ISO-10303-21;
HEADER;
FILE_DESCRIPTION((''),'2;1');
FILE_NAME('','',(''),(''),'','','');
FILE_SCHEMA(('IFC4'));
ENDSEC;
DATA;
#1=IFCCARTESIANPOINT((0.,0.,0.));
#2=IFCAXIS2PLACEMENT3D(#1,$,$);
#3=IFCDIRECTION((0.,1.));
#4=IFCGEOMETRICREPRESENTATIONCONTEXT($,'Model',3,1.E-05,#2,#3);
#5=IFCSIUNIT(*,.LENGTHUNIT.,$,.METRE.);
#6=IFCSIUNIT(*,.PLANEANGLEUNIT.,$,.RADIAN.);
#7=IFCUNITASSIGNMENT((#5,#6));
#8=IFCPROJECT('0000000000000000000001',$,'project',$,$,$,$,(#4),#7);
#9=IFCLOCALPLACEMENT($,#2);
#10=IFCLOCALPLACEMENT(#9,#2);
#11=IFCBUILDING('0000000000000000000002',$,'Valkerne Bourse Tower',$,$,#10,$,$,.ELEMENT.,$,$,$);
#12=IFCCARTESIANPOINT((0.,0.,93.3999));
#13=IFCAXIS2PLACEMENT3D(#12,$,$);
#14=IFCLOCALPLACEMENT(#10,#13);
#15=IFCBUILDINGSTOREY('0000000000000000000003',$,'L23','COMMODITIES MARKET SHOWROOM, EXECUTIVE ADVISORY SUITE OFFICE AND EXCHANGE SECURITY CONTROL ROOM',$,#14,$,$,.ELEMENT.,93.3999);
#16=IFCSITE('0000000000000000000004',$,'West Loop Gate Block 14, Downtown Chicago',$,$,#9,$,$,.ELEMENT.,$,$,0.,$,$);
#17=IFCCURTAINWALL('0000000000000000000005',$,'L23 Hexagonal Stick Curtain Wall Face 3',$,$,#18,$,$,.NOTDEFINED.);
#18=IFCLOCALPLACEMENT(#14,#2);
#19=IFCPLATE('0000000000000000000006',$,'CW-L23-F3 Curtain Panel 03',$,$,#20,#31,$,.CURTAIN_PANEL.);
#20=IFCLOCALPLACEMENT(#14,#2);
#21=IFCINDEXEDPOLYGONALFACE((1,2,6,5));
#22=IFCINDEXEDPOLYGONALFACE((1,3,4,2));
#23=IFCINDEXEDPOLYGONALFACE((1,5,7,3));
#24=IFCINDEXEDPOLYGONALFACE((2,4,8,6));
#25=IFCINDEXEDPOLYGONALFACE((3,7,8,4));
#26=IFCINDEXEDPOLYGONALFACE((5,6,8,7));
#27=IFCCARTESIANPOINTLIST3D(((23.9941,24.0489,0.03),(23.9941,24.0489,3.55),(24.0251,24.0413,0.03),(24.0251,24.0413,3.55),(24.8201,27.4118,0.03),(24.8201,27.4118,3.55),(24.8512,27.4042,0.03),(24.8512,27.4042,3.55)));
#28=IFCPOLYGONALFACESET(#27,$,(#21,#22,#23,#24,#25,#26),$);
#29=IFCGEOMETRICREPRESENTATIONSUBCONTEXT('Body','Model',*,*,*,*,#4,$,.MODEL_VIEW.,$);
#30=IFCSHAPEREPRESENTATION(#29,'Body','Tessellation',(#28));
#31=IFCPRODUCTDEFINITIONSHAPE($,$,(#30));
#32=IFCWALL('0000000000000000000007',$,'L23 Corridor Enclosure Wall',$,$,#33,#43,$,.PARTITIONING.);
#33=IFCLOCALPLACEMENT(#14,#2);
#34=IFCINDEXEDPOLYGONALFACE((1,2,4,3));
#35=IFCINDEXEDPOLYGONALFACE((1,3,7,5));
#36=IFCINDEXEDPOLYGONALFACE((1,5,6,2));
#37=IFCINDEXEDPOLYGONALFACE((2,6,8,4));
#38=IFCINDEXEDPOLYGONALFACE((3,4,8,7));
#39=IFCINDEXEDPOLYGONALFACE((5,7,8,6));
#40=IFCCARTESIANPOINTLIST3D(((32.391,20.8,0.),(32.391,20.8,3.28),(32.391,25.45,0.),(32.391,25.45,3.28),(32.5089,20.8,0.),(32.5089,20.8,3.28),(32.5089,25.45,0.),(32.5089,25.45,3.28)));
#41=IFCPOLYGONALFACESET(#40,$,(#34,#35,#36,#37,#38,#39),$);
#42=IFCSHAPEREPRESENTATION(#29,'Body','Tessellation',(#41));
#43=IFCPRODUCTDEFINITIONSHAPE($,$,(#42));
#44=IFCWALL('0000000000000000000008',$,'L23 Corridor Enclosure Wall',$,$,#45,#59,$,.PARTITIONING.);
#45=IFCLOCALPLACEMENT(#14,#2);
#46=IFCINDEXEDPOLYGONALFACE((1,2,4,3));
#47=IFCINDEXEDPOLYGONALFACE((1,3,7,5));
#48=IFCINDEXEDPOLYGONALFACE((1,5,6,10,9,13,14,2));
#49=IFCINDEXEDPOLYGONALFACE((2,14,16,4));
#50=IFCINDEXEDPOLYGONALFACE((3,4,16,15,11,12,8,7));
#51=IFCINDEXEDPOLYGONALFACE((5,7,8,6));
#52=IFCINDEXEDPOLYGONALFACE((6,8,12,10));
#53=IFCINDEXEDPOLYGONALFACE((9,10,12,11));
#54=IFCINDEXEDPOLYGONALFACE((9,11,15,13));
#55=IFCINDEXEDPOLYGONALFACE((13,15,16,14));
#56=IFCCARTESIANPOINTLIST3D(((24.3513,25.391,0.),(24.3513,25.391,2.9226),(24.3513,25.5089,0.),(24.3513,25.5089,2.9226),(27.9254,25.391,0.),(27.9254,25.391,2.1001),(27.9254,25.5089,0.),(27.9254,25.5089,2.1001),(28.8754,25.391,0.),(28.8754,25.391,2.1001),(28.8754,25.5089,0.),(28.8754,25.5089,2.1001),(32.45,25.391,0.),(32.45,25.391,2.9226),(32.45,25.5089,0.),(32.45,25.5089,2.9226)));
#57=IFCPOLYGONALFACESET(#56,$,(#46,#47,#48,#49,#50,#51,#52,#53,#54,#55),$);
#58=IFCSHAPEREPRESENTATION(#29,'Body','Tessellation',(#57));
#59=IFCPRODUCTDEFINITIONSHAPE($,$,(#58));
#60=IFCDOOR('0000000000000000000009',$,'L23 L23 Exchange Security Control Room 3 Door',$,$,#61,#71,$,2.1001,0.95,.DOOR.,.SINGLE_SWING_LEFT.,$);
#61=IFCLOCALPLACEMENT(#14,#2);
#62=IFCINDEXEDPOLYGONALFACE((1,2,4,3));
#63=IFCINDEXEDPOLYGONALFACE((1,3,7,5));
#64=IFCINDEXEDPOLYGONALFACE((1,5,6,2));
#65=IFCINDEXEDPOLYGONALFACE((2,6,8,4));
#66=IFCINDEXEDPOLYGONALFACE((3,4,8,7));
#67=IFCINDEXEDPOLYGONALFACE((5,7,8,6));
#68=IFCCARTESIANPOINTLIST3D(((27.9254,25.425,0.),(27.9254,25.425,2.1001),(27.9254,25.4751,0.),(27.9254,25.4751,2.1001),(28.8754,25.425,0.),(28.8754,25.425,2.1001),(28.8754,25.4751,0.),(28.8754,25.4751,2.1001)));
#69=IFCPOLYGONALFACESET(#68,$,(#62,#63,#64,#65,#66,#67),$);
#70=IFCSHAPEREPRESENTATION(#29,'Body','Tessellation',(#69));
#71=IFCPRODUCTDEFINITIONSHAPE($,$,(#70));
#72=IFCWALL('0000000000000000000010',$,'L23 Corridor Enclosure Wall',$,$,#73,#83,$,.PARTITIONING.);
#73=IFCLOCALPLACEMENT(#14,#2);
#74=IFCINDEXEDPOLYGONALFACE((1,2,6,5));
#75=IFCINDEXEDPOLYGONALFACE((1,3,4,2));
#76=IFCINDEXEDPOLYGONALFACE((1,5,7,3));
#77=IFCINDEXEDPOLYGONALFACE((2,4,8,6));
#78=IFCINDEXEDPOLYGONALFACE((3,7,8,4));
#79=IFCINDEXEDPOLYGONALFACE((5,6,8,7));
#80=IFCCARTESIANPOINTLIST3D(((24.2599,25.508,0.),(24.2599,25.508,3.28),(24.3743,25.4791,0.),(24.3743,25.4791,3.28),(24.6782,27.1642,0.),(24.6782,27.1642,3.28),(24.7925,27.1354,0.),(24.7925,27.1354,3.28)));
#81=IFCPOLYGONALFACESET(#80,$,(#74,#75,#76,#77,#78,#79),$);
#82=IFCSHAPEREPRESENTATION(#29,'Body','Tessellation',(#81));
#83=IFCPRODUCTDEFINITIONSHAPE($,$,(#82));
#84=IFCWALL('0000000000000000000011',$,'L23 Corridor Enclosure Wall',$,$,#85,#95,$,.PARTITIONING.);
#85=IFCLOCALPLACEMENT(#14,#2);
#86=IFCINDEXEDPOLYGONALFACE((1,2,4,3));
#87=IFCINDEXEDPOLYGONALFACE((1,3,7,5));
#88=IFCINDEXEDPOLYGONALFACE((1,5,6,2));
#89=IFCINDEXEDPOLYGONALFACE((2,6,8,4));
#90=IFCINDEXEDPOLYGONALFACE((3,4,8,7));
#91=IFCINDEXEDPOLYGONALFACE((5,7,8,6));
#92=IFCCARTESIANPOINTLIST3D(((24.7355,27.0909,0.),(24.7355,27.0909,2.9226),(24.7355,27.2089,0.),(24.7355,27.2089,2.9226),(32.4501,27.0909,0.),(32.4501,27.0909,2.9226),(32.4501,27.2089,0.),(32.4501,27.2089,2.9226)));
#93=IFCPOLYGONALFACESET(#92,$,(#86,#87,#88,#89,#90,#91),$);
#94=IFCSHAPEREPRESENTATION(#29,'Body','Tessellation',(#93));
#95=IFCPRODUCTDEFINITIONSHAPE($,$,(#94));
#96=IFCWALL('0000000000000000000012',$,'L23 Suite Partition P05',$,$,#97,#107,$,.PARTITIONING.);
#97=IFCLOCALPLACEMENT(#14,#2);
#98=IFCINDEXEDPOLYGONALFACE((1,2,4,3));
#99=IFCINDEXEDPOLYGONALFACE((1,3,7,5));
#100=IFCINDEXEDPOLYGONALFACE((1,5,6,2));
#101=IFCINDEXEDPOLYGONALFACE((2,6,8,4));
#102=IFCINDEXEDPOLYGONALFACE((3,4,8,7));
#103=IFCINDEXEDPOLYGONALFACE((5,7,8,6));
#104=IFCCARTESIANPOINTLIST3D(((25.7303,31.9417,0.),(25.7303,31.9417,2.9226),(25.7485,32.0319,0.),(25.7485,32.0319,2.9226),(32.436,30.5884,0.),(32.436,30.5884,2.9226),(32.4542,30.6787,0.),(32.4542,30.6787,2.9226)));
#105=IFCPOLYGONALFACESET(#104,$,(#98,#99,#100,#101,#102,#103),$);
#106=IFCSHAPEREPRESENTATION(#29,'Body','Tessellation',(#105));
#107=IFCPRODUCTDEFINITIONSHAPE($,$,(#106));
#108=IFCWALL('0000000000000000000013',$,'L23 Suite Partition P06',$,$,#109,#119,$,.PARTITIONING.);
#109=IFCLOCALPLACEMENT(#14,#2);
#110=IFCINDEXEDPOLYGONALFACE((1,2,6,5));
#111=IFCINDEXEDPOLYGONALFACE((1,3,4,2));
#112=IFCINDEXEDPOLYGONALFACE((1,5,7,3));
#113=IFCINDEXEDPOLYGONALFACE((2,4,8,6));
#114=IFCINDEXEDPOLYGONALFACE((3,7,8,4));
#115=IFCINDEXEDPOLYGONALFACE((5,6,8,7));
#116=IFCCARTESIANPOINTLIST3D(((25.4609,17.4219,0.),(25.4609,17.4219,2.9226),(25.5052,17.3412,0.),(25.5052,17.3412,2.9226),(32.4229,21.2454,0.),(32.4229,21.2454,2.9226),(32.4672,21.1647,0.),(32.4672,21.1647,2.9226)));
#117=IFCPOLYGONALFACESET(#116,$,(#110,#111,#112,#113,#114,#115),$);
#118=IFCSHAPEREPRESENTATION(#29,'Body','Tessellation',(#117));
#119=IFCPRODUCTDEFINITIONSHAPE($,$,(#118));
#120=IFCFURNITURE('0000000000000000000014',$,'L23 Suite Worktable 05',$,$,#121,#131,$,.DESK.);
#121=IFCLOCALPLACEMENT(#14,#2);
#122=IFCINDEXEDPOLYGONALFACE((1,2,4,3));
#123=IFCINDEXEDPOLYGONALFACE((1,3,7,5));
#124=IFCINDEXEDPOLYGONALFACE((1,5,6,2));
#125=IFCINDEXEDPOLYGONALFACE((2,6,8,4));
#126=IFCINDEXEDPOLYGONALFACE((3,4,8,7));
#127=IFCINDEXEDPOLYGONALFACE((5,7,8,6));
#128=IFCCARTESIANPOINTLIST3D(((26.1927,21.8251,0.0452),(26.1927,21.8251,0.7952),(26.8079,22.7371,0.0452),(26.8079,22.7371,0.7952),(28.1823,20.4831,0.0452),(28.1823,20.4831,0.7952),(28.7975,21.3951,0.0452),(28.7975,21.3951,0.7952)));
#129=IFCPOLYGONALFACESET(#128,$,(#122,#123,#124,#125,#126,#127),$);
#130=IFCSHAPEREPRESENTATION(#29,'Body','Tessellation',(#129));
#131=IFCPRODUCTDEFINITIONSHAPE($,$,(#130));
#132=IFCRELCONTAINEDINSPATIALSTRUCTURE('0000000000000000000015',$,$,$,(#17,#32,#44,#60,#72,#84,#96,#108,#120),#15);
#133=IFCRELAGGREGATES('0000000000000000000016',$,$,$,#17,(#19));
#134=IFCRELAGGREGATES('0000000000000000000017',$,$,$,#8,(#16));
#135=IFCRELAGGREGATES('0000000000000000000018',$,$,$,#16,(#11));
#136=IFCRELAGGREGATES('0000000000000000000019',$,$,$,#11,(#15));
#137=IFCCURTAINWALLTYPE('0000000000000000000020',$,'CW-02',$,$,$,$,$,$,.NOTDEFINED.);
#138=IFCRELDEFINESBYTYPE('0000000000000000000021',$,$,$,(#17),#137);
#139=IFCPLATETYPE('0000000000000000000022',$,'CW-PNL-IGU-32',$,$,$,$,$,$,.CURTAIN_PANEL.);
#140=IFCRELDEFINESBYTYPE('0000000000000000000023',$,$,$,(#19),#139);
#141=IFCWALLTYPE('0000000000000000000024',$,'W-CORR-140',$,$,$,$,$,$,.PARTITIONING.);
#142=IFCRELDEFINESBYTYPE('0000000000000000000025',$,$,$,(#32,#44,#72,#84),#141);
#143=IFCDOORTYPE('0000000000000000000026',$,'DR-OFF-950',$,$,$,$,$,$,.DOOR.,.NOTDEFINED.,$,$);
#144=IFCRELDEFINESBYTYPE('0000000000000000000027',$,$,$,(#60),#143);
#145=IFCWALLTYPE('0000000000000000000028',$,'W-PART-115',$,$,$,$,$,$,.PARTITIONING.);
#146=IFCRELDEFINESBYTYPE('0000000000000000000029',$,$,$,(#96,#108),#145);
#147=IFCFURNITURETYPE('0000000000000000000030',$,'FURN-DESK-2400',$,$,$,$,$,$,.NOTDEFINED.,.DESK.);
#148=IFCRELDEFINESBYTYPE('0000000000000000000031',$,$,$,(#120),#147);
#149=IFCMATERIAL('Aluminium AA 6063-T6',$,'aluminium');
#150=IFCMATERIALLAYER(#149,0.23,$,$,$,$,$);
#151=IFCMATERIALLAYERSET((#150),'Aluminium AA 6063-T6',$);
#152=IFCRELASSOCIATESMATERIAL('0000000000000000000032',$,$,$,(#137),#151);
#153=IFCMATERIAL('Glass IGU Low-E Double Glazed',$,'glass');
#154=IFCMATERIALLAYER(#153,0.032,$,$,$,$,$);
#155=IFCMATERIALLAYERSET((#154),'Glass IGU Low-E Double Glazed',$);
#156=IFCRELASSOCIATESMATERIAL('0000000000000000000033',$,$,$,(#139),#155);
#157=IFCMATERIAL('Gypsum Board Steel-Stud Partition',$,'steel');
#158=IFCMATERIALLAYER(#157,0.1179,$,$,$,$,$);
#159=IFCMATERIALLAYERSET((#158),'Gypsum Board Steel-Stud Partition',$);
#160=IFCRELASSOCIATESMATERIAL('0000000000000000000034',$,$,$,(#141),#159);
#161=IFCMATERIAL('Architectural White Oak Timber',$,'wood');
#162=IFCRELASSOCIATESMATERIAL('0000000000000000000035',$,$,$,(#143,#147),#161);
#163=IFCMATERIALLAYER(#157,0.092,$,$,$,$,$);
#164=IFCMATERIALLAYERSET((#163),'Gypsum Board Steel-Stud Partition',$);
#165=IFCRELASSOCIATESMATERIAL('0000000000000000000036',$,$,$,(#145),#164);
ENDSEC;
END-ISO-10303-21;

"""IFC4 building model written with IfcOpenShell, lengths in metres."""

from ifc_helpers import new_model, si_unit, direction, frame, frame_2d, origin, origin_2d, place, context, subcontext, project, spatial, rectangle, extrude, material, layer, layer_set, type_object, element, fill, aggregate, save


model = new_model("IFC4")

# Units and contexts
model_context = context("Model", 3, precision=1e-05, world=origin(), true_north=direction((0.0, 1.0)))
body_context = subcontext(model_context, "Body", "Model", "MODEL_VIEW")
ifc_project = project(units=[si_unit("LENGTHUNIT", "METRE"), si_unit("PLANEANGLEUNIT", "RADIAN")], contexts=[model_context])

# Site, building, storey
site_placement = place(None, origin())
site = spatial("IfcSite", under=ifc_project, at=site_placement, Name="West Loop Gate Block 14, Downtown Chicago", CompositionType="ELEMENT", RefElevation=0.0)
building_placement = place(site_placement, origin())
building = spatial("IfcBuilding", under=site, at=building_placement, Name="Valkerne Bourse Tower", CompositionType="ELEMENT")
storey_placement = place(building_placement, frame((0.0, 0.0, 93.3999)))
storey = spatial("IfcBuildingStorey", under=building, at=storey_placement, Name="L23", Description="COMMODITIES MARKET SHOWROOM, EXECUTIVE ADVISORY SUITE OFFICE AND EXCHANGE SECURITY CONTROL ROOM", CompositionType="ELEMENT", Elevation=93.3999)

# Curtain wall
ifc_material_1 = material(Name="Aluminium AA 6063-T6", Category="aluminium")
ifc_layer_1 = layer(ifc_material_1, 0.23)
ifc_layer_set_1 = layer_set([ifc_layer_1], Name="Aluminium AA 6063-T6")
curtain_wall_type = type_object("IfcCurtainWallType", Name="CW-02", PredefinedType="NOTDEFINED", material=ifc_layer_set_1)
curtain_wall_1_placement = place(storey_placement, origin())
curtain_wall_1 = element("IfcCurtainWall", 1, at=curtain_wall_1_placement, inside=storey, type_object=curtain_wall_type, Name="L23 Hexagonal Stick Curtain Wall Face 3", PredefinedType="NOTDEFINED")

# Plate
ifc_material_2 = material(Name="Glass IGU Low-E Double Glazed", Category="glass")
ifc_layer_2 = layer(ifc_material_2, 0.032)
ifc_layer_set_2 = layer_set([ifc_layer_2], Name="Glass IGU Low-E Double Glazed")
plate_type = type_object("IfcPlateType", Name="CW-PNL-IGU-32", PredefinedType="CURTAIN_PANEL", material=ifc_layer_set_2)
plate_1_placement = place(storey_placement, frame((24.4226, 25.7266, 0.03), z_axis=(0.0, 0.0, 1.0), x_axis=(-0.238539, -0.971133, 0.0)))
plate_1 = element("IfcPlate", 2, at=plate_1_placement, type_object=plate_type, Name="CW-L23-F3 Curtain Panel 03", PredefinedType="CURTAIN_PANEL", context=body_context, shape_type="SweptSolid", body=[
    extrude(rectangle(XDim=3.4629, YDim=0.032, at=origin_2d()), origin(), (0.0, 0.0, 1.0), 3.52),
])
aggregate(curtain_wall_1, [plate_1])

# Wall
ifc_material_3 = material(Name="Gypsum Board Steel-Stud Partition", Category="steel")
ifc_layer_3 = layer(ifc_material_3, 0.1179)
ifc_layer_set_3 = layer_set([ifc_layer_3], Name="Gypsum Board Steel-Stud Partition")
wall_type_1 = type_object("IfcWallType", Name="W-CORR-140", PredefinedType="PARTITIONING", material=ifc_layer_set_3)
wall_1_placement = place(storey_placement, frame((32.45, 20.8, 0.0), z_axis=(0.0, 0.0, 1.0), x_axis=(0.0, 1.0, 0.0)))
element("IfcWall", 3, at=wall_1_placement, inside=storey, type_object=wall_type_1, Name="L23 Corridor Enclosure Wall", PredefinedType="PARTITIONING", context=body_context, shape_type="SweptSolid", body=[
    extrude(rectangle(XDim=4.6499, YDim=0.1179, at=frame_2d((2.325, 0.0))), origin(), (0.0, 0.0, 1.0), 3.28),
])

# Wall, opening, door
wall_2_placement = place(storey_placement, frame((32.45, 25.45, 0.0), z_axis=(0.0, 0.0, 1.0), x_axis=(-1.0, 0.0, 0.0)))
wall_2 = element("IfcWall", 4, at=wall_2_placement, inside=storey, type_object=wall_type_1, Name="L23 Corridor Enclosure Wall", PredefinedType="PARTITIONING", context=body_context, shape_type="SweptSolid", body=[
    extrude(rectangle(XDim=8.0986, YDim=0.1179, at=frame_2d((4.0493, 0.0))), origin(), (0.0, 0.0, 1.0), 2.9226),
])
opening_placement = place(wall_2_placement, frame((3.5745, 0.0, 0.0)))
opening = element("IfcOpeningElement", 5, at=opening_placement, cuts=wall_2, PredefinedType="OPENING", context=body_context, shape_type="SweptSolid", body=[
    extrude(rectangle(XDim=0.95, YDim=2.1001, at=frame_2d((0.4751, 1.05))), frame((0.0, 0.0688, 0.0), z_axis=(0.0, -1.0, 0.0), x_axis=(1.0, 0.0, 0.0)), (0.0, 0.0, 1.0), 0.1379),
])
ifc_material_4 = material(Name="Architectural White Oak Timber", Category="wood")
door_type = type_object("IfcDoorType", Name="DR-OFF-950", OperationType="NOTDEFINED", PredefinedType="DOOR", material=ifc_material_4)
door_placement = place(opening_placement, origin())
door = element("IfcDoor", 6, at=door_placement, inside=storey, type_object=door_type, Name="L23 L23 Exchange Security Control Room 3 Door", OperationType="SINGLE_SWING_LEFT", OverallHeight=2.1001, OverallWidth=0.95, PredefinedType="DOOR", context=body_context, shape_type="SweptSolid", body=[
    extrude(rectangle(XDim=0.95, YDim=2.1001, at=frame_2d((0.4751, 1.05))), frame((0.0, 0.0249, 0.0), z_axis=(0.0, -1.0, 0.0), x_axis=(1.0, 0.0, 0.0)), (0.0, 0.0, 1.0), 0.05),
])
fill(opening, door)

# Walls
wall_3_placement = place(storey_placement, frame((24.3171, 25.4937, 0.0), z_axis=(0.0, 0.0, 1.0), x_axis=(0.244822, 0.969568, 0.0)))
element("IfcWall", 7, at=wall_3_placement, inside=storey, type_object=wall_type_1, Name="L23 Corridor Enclosure Wall", PredefinedType="PARTITIONING", context=body_context, shape_type="SweptSolid", body=[
    extrude(rectangle(XDim=1.7083, YDim=0.1179, at=frame_2d((0.854, 0.0))), origin(), (0.0, 0.0, 1.0), 3.28),
])
wall_4_placement = place(storey_placement, frame((24.7354, 27.1499, 0.0), z_axis=(0.0, 0.0, 1.0), x_axis=(1.0, 0.0, 0.0)))
element("IfcWall", 8, at=wall_4_placement, inside=storey, type_object=wall_type_1, Name="L23 Corridor Enclosure Wall", PredefinedType="PARTITIONING", context=body_context, shape_type="SweptSolid", body=[
    extrude(rectangle(XDim=7.7146, YDim=0.1179, at=frame_2d((3.8574, 0.0))), origin(), (0.0, 0.0, 1.0), 2.9226),
])
ifc_layer_4 = layer(ifc_material_3, 0.092)
ifc_layer_set_4 = layer_set([ifc_layer_4], Name="Gypsum Board Steel-Stud Partition")
wall_type_2 = type_object("IfcWallType", Name="W-PART-115", PredefinedType="PARTITIONING", material=ifc_layer_set_4)
wall_5_placement = place(storey_placement, frame((32.4451, 30.6335, 0.0), z_axis=(0.0, 0.0, 1.0), x_axis=(-0.980237, 0.197825, 0.0)))
element("IfcWall", 9, at=wall_5_placement, inside=storey, type_object=wall_type_2, Name="L23 Suite Partition P05", PredefinedType="PARTITIONING", context=body_context, shape_type="SweptSolid", body=[
    extrude(rectangle(XDim=6.8408, YDim=0.092, at=frame_2d((3.4204, 0.0))), origin(), (0.0, 0.0, 1.0), 2.9226),
])
wall_6_placement = place(storey_placement, frame((32.4451, 21.2051, 0.0), z_axis=(0.0, 0.0, 1.0), x_axis=(-0.876512, -0.481381, 0.0)))
element("IfcWall", 10, at=wall_6_placement, inside=storey, type_object=wall_type_2, Name="L23 Suite Partition P06", PredefinedType="PARTITIONING", context=body_context, shape_type="SweptSolid", body=[
    extrude(rectangle(XDim=7.9429, YDim=0.092, at=frame_2d((3.9714, 0.0))), origin(), (0.0, 0.0, 1.0), 2.9226),
])

# Furniture
furniture_type = type_object("IfcFurnitureType", Name="FURN-DESK-2400", AssemblyPlace="NOTDEFINED", PredefinedType="DESK", material=ifc_material_4)
furniture_placement = place(storey_placement, frame((27.4951, 21.6101, 0.0452), z_axis=(0.0, 0.0, 1.0), x_axis=(-0.829038, 0.559193, 0.0)))
element("IfcFurniture", 11, at=furniture_placement, inside=storey, type_object=furniture_type, Name="L23 Suite Worktable 05", PredefinedType="DESK", context=body_context, shape_type="SweptSolid", body=[
    extrude(rectangle(XDim=2.3999, YDim=1.1001, at=origin_2d()), origin(), (0.0, 0.0, 1.0), 0.75),
])

save(model, "model.ifc")
